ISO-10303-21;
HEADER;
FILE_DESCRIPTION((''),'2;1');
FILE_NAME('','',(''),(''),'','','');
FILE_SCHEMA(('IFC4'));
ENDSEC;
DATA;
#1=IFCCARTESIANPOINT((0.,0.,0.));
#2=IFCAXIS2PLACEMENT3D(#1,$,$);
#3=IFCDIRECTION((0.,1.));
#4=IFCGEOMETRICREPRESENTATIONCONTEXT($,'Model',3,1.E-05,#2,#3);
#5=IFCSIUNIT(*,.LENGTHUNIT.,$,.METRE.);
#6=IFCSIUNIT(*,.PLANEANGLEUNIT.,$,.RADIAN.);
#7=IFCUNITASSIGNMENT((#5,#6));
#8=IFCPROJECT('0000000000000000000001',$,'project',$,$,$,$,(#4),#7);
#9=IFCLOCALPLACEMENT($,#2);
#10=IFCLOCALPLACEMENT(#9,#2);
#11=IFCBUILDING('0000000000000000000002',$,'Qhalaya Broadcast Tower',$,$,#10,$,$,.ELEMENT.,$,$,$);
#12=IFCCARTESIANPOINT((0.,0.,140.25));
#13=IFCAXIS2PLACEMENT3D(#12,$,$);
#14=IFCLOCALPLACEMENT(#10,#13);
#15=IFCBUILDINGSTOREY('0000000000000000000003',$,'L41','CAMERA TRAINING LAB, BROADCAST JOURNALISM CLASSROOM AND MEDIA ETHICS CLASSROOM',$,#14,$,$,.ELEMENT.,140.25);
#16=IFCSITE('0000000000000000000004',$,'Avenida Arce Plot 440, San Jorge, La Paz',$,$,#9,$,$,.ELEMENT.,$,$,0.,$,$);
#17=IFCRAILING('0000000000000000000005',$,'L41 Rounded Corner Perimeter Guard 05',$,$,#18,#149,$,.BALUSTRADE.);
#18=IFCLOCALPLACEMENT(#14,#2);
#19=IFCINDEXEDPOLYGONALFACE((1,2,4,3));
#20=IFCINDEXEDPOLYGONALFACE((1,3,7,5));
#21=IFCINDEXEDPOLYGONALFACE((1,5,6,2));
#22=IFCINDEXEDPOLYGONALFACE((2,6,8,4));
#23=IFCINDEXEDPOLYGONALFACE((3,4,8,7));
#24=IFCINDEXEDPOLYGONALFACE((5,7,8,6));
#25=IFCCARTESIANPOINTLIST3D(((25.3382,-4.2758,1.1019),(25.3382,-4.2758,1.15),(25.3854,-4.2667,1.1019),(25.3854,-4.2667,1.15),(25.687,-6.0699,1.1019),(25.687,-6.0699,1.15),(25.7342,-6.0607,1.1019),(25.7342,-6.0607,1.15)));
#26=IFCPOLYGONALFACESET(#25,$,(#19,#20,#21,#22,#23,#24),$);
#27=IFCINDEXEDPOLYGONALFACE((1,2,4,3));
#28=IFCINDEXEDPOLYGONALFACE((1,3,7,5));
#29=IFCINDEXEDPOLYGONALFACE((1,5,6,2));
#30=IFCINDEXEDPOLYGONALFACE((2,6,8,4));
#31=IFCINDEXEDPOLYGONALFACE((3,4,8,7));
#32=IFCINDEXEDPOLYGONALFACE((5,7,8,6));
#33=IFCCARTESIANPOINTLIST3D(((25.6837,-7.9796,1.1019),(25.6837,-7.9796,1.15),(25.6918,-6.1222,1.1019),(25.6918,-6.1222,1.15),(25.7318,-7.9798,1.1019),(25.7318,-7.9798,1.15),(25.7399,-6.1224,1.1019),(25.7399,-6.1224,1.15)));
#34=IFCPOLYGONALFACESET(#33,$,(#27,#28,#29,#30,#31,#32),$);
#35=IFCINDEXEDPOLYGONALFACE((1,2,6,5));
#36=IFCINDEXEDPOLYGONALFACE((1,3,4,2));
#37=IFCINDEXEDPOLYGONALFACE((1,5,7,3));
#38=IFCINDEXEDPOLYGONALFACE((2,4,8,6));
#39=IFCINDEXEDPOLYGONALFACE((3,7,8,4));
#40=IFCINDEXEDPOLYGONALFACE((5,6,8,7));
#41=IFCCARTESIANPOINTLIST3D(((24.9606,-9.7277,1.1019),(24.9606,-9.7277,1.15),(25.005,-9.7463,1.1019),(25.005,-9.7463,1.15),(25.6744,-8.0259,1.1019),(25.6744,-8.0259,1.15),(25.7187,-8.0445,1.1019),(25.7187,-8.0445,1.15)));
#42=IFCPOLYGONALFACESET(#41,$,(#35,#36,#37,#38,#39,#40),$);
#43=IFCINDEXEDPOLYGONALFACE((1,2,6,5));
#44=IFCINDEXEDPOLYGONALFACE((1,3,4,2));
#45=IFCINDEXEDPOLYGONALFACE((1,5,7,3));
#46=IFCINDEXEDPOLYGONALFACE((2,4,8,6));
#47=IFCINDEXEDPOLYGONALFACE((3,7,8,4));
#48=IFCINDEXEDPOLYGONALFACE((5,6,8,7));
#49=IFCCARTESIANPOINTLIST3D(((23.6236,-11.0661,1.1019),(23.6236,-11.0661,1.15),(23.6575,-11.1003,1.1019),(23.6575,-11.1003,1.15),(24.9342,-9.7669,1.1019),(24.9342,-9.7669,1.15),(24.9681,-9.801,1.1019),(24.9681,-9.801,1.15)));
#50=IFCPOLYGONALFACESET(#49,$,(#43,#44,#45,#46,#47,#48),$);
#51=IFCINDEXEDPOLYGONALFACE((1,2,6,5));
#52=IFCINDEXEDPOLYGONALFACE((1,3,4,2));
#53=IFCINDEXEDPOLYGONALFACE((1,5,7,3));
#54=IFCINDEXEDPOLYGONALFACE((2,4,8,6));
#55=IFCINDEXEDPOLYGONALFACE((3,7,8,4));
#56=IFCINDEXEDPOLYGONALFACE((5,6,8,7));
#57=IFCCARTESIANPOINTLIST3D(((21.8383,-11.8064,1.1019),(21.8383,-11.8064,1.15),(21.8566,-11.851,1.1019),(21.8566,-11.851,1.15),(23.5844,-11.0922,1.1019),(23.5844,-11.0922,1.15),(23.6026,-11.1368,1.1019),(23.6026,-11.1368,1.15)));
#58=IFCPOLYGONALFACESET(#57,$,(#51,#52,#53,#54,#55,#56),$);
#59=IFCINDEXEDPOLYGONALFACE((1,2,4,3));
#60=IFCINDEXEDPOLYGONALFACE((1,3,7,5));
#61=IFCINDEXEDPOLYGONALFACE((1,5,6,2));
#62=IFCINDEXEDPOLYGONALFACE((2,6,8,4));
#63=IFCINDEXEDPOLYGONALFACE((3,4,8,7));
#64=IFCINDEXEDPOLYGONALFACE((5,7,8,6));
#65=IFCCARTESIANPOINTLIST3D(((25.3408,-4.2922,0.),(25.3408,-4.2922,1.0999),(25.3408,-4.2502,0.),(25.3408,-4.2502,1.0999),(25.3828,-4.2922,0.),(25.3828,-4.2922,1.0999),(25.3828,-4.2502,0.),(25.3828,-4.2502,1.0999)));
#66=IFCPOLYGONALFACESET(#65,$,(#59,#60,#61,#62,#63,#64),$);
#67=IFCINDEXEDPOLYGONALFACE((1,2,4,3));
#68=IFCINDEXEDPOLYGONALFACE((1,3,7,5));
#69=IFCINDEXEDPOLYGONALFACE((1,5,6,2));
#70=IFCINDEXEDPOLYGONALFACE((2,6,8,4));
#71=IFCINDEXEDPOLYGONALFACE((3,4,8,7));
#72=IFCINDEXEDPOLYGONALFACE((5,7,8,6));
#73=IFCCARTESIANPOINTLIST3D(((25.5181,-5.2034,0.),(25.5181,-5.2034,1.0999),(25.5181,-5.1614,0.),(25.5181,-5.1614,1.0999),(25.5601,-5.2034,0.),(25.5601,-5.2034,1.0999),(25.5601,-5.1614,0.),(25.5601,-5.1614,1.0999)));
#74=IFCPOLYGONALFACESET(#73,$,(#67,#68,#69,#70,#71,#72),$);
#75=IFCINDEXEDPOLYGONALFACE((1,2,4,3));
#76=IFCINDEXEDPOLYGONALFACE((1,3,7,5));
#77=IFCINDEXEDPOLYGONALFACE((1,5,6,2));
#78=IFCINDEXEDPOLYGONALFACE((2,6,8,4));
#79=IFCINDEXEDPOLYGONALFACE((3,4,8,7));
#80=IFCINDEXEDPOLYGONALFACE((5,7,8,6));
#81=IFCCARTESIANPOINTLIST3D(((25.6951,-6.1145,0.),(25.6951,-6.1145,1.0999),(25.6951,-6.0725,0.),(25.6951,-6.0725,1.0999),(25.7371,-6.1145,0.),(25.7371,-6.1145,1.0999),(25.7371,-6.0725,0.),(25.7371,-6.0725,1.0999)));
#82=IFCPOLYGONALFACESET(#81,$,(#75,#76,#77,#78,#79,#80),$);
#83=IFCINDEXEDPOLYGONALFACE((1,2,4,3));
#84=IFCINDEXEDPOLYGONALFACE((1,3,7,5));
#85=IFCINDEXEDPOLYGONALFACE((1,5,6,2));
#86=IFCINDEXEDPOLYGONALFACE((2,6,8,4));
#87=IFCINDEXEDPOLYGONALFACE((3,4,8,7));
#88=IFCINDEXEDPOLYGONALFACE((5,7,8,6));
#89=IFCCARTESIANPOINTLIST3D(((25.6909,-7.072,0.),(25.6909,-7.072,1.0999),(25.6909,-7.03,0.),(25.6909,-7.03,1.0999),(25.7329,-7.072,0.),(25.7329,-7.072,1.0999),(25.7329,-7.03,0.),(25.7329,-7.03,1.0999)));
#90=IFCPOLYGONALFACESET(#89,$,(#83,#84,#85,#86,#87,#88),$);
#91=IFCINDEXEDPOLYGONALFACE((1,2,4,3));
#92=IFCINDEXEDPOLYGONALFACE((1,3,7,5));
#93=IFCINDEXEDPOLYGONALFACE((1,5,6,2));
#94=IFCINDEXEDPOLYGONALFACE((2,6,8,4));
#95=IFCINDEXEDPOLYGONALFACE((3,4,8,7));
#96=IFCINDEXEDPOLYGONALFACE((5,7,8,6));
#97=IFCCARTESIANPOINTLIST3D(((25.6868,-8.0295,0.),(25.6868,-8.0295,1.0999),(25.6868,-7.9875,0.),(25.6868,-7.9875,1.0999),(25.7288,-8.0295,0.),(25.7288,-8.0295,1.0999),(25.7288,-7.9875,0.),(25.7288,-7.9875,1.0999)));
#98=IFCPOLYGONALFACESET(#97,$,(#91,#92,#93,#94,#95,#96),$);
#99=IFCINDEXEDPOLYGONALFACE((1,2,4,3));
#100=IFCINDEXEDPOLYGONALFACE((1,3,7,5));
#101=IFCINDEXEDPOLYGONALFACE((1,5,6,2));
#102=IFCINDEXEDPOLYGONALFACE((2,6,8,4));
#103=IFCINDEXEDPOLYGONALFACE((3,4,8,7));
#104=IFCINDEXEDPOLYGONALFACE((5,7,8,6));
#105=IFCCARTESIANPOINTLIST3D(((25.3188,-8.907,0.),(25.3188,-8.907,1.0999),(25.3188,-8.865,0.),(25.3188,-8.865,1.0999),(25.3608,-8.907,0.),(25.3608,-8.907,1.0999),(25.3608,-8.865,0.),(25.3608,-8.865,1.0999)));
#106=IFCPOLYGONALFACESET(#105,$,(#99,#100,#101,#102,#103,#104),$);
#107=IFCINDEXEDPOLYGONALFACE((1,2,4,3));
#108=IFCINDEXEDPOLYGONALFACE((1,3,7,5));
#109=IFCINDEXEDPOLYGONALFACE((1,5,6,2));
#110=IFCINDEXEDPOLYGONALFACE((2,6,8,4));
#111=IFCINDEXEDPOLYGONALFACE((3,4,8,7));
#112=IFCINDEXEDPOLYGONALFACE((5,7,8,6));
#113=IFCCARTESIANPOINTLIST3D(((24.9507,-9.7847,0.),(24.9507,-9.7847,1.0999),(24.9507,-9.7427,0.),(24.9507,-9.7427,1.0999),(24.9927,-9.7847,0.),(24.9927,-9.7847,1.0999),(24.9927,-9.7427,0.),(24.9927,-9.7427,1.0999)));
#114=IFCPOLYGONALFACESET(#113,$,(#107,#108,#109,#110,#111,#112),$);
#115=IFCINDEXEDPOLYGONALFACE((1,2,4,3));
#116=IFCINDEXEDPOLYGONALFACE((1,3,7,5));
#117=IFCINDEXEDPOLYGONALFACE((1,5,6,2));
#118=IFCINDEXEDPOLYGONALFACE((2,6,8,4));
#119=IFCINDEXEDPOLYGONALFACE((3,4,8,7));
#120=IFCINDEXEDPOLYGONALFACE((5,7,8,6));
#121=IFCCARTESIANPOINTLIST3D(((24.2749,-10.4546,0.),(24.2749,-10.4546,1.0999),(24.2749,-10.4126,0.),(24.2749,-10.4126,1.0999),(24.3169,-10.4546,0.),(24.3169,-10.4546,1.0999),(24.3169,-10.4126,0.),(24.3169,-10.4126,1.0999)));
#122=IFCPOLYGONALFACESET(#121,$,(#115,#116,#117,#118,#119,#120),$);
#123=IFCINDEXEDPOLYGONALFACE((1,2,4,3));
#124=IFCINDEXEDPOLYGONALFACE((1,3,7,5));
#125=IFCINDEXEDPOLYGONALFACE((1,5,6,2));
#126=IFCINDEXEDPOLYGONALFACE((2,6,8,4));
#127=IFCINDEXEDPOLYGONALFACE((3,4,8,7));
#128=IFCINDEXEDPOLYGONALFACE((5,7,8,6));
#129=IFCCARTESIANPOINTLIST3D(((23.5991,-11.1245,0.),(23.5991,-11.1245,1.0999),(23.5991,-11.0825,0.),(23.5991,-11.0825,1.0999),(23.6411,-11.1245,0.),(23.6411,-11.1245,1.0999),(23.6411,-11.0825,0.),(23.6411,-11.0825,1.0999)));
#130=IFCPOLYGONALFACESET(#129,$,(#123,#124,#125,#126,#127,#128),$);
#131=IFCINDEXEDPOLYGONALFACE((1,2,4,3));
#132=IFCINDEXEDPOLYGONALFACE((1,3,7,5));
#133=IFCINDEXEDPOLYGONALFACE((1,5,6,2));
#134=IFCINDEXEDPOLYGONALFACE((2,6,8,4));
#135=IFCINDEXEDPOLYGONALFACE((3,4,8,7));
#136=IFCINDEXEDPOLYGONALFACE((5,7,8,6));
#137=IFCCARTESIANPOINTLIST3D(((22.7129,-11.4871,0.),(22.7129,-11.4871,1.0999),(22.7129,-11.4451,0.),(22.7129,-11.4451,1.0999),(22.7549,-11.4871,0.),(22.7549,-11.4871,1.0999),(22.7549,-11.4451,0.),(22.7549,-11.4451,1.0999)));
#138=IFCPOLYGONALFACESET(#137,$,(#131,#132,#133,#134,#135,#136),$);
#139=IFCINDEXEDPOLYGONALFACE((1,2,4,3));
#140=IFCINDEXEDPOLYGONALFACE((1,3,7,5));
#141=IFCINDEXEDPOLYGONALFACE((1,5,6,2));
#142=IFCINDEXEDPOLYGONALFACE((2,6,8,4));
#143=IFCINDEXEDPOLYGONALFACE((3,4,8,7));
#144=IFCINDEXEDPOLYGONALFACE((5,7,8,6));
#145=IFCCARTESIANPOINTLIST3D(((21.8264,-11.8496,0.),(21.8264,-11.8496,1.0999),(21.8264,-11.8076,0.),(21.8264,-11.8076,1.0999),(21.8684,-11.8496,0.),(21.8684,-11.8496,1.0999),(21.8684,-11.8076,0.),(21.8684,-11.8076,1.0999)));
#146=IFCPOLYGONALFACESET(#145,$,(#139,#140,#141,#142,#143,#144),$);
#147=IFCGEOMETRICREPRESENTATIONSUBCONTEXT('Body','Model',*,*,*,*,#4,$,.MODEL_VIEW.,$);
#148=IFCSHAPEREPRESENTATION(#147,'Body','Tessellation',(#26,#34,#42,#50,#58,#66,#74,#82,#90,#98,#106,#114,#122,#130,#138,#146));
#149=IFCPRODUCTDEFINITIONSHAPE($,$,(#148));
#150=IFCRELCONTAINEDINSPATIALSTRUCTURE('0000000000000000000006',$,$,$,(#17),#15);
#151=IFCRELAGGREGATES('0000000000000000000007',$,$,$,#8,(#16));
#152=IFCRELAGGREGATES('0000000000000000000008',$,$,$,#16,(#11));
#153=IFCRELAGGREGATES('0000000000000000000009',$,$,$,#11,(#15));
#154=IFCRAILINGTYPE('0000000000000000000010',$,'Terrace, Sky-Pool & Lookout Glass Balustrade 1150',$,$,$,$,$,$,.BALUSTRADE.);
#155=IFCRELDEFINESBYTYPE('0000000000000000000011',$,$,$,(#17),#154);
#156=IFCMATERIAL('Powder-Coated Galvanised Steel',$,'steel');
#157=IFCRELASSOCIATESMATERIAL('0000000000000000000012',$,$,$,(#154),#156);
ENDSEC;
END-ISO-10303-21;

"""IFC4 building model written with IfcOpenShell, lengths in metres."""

from ifc_helpers import new_model, si_unit, direction, frame, origin, origin_2d, place, context, subcontext, project, spatial, rectangle, extrude, material, type_object, element, save


model = new_model("IFC4")

# Units and contexts
model_context = context("Model", 3, precision=1e-05, world=origin(), true_north=direction((0.0, 1.0)))
body_context = subcontext(model_context, "Body", "Model", "MODEL_VIEW")
ifc_project = project(units=[si_unit("LENGTHUNIT", "METRE"), si_unit("PLANEANGLEUNIT", "RADIAN")], contexts=[model_context])

# Site, building, storey
site_placement = place(None, origin())
site = spatial("IfcSite", under=ifc_project, at=site_placement, Name="Avenida Arce Plot 440, San Jorge, La Paz", CompositionType="ELEMENT", RefElevation=0.0)
building_placement = place(site_placement, origin())
building = spatial("IfcBuilding", under=site, at=building_placement, Name="Qhalaya Broadcast Tower", CompositionType="ELEMENT")
storey_placement = place(building_placement, frame((0.0, 0.0, 140.25)))
storey = spatial("IfcBuildingStorey", under=building, at=storey_placement, Name="L41", Description="CAMERA TRAINING LAB, BROADCAST JOURNALISM CLASSROOM AND MEDIA ETHICS CLASSROOM", CompositionType="ELEMENT", Elevation=140.25)

# Railing
ifc_material_1 = material(Name="Powder-Coated Galvanised Steel", Category="steel")
railing_type = type_object("IfcRailingType", Name="Terrace, Sky-Pool & Lookout Glass Balustrade 1150", PredefinedType="BALUSTRADE", material=ifc_material_1)
railing_1_placement = place(storey_placement, frame((25.3618, -4.2712, 0.0)))
element("IfcRailing", 1, at=railing_1_placement, inside=storey, type_object=railing_type, Name="L41 Rounded Corner Perimeter Guard 05", PredefinedType="BALUSTRADE", context=body_context, shape_type="SweptSolid", body=[
    extrude(rectangle(XDim=0.0481, YDim=0.0481, at=origin_2d()), frame((0.0, 0.0, 1.126), z_axis=(0.190827, -0.981624, 0.0), x_axis=(0.981624, 0.190827, 0.0)), (0.0, 0.0, 1.0), 1.8276),
    extrude(rectangle(XDim=0.0481, YDim=0.0481, at=origin_2d()), frame((0.354, -1.8511, 1.126), z_axis=(-0.004334, -0.999991, 0.0), x_axis=(0.999991, -0.004334, 0.0)), (0.0, 0.0, 1.0), 1.8574),
    extrude(rectangle(XDim=0.0481, YDim=0.0481, at=origin_2d()), frame((0.3347, -3.7639, 1.126), z_axis=(-0.386755, -0.922183, 0.0), x_axis=(0.922183, -0.386755, 0.0)), (0.0, 0.0, 1.0), 1.8455),
    extrude(rectangle(XDim=0.0481, YDim=0.0481, at=origin_2d()), frame((-0.4106, -5.5127, 1.126), z_axis=(-0.710179, -0.704021, 0.0), x_axis=(0.704021, -0.710179, 0.0)), (0.0, 0.0, 1.0), 1.8455),
    extrude(rectangle(XDim=0.0481, YDim=0.0481, at=origin_2d()), frame((-1.7683, -6.8433, 1.126), z_axis=(-0.925565, -0.378588, 0.0), x_axis=(0.378588, -0.925565, 0.0)), (0.0, 0.0, 1.0), 1.8865),
    extrude(rectangle(XDim=0.042, YDim=0.042, at=origin_2d()), origin(), (0.0, 0.0, 1.0), 1.0999),
    extrude(rectangle(XDim=0.042, YDim=0.042, at=origin_2d()), frame((0.1772, -0.9111, 0.0)), (0.0, 0.0, 1.0), 1.0999),
    extrude(rectangle(XDim=0.042, YDim=0.042, at=origin_2d()), frame((0.3542, -1.8223, 0.0)), (0.0, 0.0, 1.0), 1.0999),
    extrude(rectangle(XDim=0.042, YDim=0.042, at=origin_2d()), frame((0.3501, -2.7798, 0.0)), (0.0, 0.0, 1.0), 1.0999),
    extrude(rectangle(XDim=0.042, YDim=0.042, at=origin_2d()), frame((0.3459, -3.7373, 0.0)), (0.0, 0.0, 1.0), 1.0999),
    extrude(rectangle(XDim=0.042, YDim=0.042, at=origin_2d()), frame((-0.022, -4.6147, 0.0)), (0.0, 0.0, 1.0), 1.0999),
    extrude(rectangle(XDim=0.042, YDim=0.042, at=origin_2d()), frame((-0.3901, -5.4924, 0.0)), (0.0, 0.0, 1.0), 1.0999),
    extrude(rectangle(XDim=0.042, YDim=0.042, at=origin_2d()), frame((-1.0659, -6.1624, 0.0)), (0.0, 0.0, 1.0), 1.0999),
    extrude(rectangle(XDim=0.042, YDim=0.042, at=origin_2d()), frame((-1.7417, -6.8323, 0.0)), (0.0, 0.0, 1.0), 1.0999),
    extrude(rectangle(XDim=0.042, YDim=0.042, at=origin_2d()), frame((-2.6279, -7.1948, 0.0)), (0.0, 0.0, 1.0), 1.0999),
    extrude(rectangle(XDim=0.042, YDim=0.042, at=origin_2d()), frame((-3.5144, -7.5574, 0.0)), (0.0, 0.0, 1.0), 1.0999),
])

save(model, "model.ifc")
